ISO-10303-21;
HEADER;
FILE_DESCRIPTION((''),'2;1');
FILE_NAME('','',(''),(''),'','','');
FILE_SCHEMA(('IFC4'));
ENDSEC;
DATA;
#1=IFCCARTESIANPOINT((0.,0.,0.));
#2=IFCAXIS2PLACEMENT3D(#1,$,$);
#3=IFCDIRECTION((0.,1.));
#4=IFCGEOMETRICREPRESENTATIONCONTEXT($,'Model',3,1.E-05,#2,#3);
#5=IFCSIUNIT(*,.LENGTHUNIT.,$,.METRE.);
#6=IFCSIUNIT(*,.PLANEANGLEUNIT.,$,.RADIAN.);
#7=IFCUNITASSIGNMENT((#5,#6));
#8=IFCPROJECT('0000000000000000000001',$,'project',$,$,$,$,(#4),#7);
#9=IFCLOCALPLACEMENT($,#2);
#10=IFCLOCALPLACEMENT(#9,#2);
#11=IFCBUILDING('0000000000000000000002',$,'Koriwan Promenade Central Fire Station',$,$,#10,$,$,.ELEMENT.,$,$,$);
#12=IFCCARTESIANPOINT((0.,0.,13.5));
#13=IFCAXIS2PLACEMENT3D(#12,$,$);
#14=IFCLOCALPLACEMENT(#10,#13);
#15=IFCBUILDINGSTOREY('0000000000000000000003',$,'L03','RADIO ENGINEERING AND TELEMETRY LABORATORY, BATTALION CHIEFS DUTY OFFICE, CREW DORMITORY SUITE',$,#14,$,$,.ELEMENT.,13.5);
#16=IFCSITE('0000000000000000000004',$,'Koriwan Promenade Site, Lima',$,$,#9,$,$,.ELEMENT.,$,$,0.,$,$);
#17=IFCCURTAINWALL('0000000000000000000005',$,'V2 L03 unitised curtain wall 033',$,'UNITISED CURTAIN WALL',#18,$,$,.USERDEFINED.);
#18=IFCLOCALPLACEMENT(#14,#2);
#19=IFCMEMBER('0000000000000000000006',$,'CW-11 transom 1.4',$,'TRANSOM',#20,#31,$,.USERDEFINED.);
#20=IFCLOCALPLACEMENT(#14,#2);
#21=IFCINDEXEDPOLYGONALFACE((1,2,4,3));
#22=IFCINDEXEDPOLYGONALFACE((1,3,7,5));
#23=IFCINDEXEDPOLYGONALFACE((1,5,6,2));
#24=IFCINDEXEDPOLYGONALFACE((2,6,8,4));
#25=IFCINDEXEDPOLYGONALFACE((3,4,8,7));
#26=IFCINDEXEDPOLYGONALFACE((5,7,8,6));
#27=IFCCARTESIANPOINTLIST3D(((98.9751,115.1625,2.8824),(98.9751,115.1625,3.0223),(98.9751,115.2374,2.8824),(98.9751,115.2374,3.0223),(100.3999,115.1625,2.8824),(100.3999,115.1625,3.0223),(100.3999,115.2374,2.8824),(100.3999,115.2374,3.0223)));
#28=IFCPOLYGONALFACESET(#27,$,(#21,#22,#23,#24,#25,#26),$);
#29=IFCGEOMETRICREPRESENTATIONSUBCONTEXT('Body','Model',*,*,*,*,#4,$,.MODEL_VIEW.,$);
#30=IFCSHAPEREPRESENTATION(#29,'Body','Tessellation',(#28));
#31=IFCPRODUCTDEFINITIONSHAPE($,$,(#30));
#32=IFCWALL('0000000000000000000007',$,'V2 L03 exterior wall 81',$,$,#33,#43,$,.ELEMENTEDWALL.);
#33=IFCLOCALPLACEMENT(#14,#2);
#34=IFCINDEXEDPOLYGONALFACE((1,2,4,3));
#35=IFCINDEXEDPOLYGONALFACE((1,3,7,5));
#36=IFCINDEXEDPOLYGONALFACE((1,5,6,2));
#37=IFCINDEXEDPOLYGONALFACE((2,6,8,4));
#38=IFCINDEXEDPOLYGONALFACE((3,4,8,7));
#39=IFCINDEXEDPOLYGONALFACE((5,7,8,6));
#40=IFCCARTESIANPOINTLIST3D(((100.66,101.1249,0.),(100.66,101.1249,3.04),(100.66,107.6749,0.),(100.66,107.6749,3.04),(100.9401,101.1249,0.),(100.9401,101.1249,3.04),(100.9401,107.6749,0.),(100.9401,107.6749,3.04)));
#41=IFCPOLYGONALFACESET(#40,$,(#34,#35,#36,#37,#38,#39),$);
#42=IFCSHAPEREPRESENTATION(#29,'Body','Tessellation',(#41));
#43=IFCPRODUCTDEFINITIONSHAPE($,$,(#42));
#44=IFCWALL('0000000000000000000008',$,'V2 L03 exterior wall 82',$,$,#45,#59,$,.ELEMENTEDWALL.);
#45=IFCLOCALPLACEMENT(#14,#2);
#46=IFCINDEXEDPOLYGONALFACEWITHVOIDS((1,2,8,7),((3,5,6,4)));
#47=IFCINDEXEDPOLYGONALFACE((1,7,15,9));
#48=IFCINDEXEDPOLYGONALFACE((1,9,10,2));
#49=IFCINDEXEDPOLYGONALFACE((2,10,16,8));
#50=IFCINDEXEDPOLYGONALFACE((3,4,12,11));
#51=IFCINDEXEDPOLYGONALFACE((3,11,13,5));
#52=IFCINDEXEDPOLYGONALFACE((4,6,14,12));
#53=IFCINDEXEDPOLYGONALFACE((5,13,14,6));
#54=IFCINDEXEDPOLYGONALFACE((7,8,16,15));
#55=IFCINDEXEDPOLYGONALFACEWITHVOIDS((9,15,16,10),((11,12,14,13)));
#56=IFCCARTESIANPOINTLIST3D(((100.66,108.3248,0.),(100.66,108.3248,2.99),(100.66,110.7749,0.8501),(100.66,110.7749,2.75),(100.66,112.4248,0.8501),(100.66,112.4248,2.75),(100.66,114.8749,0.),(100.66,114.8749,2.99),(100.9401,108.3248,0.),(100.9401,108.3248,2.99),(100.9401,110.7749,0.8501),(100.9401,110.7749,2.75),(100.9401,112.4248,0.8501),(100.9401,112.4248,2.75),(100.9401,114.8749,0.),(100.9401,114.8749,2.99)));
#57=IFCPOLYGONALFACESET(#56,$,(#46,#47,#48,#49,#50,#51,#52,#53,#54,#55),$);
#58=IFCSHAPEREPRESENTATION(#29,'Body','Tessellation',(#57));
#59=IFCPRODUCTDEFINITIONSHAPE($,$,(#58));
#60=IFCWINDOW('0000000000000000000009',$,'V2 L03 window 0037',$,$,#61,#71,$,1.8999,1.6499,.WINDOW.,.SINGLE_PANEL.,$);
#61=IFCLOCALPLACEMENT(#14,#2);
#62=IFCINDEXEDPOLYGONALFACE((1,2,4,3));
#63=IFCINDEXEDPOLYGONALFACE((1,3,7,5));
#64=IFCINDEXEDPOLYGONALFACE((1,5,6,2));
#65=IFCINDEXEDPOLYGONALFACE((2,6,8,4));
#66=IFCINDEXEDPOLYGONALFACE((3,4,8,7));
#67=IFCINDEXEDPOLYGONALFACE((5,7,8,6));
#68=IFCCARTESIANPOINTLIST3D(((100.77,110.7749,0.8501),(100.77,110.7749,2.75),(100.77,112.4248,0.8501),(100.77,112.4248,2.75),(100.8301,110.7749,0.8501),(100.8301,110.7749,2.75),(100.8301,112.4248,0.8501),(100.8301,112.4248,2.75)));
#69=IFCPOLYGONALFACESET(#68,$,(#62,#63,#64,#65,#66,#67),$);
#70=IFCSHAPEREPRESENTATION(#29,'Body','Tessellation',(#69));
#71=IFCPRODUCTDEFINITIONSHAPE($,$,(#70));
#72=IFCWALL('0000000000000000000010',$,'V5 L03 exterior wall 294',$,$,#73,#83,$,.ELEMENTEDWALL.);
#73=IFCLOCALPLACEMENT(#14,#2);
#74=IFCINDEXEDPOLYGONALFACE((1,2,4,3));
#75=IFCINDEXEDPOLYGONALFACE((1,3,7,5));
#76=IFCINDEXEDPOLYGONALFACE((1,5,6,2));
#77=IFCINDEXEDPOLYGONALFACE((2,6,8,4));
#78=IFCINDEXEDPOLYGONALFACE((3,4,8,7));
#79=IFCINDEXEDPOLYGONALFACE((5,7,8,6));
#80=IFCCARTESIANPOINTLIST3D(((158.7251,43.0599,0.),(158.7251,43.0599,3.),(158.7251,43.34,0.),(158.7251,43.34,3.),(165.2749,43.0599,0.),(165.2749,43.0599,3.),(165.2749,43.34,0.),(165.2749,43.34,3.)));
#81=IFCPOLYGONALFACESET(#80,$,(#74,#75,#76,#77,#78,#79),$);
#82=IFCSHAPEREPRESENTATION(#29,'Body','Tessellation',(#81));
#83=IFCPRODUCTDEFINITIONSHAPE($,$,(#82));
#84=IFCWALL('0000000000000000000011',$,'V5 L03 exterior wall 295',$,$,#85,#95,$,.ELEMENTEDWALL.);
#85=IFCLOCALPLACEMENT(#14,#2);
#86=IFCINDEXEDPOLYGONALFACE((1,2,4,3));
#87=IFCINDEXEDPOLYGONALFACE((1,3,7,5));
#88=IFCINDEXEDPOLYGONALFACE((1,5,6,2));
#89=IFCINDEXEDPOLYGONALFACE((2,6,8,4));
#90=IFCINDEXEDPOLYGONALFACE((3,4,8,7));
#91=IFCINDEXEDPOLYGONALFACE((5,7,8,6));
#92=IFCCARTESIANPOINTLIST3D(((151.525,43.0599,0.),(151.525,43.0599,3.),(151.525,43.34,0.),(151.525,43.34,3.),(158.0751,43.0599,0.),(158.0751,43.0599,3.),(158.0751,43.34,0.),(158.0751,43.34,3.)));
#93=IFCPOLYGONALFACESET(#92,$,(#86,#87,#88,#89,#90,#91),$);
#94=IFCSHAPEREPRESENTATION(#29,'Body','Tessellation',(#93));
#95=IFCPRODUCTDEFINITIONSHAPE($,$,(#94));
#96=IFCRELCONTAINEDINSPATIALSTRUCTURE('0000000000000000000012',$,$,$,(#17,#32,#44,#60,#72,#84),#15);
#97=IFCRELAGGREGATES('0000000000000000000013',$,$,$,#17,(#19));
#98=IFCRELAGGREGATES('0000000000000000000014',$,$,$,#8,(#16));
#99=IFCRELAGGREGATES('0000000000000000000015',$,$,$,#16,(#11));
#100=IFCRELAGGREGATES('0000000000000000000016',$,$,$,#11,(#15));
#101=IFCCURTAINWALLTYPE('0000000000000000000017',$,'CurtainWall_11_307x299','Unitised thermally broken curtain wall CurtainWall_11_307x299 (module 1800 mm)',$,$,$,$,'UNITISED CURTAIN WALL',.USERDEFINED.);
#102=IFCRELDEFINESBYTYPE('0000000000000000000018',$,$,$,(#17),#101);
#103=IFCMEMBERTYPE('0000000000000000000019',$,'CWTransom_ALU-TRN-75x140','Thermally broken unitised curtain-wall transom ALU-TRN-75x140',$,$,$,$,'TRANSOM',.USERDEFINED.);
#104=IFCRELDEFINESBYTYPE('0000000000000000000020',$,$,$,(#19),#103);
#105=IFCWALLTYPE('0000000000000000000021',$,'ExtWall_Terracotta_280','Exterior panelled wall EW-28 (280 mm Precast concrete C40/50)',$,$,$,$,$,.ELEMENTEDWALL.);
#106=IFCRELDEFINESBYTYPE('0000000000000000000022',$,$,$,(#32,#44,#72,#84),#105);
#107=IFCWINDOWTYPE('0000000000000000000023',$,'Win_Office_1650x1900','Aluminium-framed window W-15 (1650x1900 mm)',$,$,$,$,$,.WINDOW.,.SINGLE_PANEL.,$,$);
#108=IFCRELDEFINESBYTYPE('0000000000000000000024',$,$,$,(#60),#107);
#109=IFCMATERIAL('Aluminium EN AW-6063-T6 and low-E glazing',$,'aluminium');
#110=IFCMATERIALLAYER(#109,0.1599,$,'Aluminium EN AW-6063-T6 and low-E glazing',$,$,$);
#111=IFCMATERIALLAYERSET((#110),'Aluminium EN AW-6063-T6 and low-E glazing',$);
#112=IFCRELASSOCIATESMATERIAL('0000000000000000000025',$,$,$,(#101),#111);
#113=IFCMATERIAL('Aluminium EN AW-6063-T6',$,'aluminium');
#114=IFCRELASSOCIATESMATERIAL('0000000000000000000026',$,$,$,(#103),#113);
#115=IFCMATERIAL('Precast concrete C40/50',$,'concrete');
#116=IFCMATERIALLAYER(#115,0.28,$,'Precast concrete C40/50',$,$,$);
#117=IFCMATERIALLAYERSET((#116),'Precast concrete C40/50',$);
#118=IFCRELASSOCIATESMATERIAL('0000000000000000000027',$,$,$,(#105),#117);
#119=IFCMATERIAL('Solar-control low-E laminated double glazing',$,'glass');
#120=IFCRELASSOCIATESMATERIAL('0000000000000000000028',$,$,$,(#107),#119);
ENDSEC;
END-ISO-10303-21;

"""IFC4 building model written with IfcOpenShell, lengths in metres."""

from ifc_helpers import new_model, si_unit, direction, frame, frame_2d, origin, origin_2d, place, context, subcontext, project, spatial, rectangle, extrude, material, layer, layer_set, material_profile, profile_set, type_object, element, fill, aggregate, save


model = new_model("IFC4")

# Units and contexts
model_context = context("Model", 3, precision=1e-05, world=origin(), true_north=direction((0.0, 1.0)))
body_context = subcontext(model_context, "Body", "Model", "MODEL_VIEW")
ifc_project = project(units=[si_unit("LENGTHUNIT", "METRE"), si_unit("PLANEANGLEUNIT", "RADIAN")], contexts=[model_context])

# Site, building, storey
site_placement = place(None, origin())
site = spatial("IfcSite", under=ifc_project, at=site_placement, Name="Koriwan Promenade Site, Lima", CompositionType="ELEMENT", RefElevation=0.0)
building_placement = place(site_placement, origin())
building = spatial("IfcBuilding", under=site, at=building_placement, Name="Koriwan Promenade Central Fire Station", CompositionType="ELEMENT")
storey_placement = place(building_placement, frame((0.0, 0.0, 13.5)))
storey = spatial("IfcBuildingStorey", under=building, at=storey_placement, Name="L03", Description="RADIO ENGINEERING AND TELEMETRY LABORATORY, BATTALION CHIEFS DUTY OFFICE, CREW DORMITORY SUITE", CompositionType="ELEMENT", Elevation=13.5)

# Curtain wall, member
ifc_material_1 = material(Name="Aluminium EN AW-6063-T6 and low-E glazing", Category="aluminium")
ifc_layer_1 = layer(ifc_material_1, 0.1599, Name="Aluminium EN AW-6063-T6 and low-E glazing")
ifc_layer_set_1 = layer_set([ifc_layer_1], Name="Aluminium EN AW-6063-T6 and low-E glazing")
curtain_wall_type = type_object("IfcCurtainWallType", Name="CurtainWall_11_307x299", Description="Unitised thermally broken curtain wall CurtainWall_11_307x299 (module 1800 mm)", ElementType="UNITISED CURTAIN WALL", PredefinedType="USERDEFINED", material=ifc_layer_set_1)
curtain_wall_placement = place(storey_placement, origin())
curtain_wall = element("IfcCurtainWall", 1, at=curtain_wall_placement, inside=storey, type_object=curtain_wall_type, Name="V2 L03 unitised curtain wall 033", ObjectType="UNITISED CURTAIN WALL", PredefinedType="USERDEFINED")
ifc_material_2 = material(Name="Aluminium EN AW-6063-T6", Category="aluminium")
ifc_material_profile_1 = material_profile(ifc_material_2, rectangle(XDim=0.075, YDim=0.1399, at=origin_2d()), Name="ALU-TRN-75x140")
ifc_profile_set_1 = profile_set([ifc_material_profile_1], Name="Aluminium EN AW-6063-T6")
member_type_1 = type_object("IfcMemberType", Name="CWTransom_ALU-TRN-75x140", Description="Thermally broken unitised curtain-wall transom ALU-TRN-75x140", ElementType="TRANSOM", PredefinedType="USERDEFINED", material=ifc_profile_set_1)
member_1_placement = place(storey_placement, frame((100.3999, 115.2, 2.9524), z_axis=(-1.0, 0.0, 0.0), x_axis=(0.0, -1.0, 0.0)))
member_1 = element("IfcMember", 2, at=member_1_placement, type_object=member_type_1, Name="CW-11 transom 1.4", ObjectType="TRANSOM", PredefinedType="USERDEFINED", context=body_context, shape_type="SweptSolid", body=[
    extrude(rectangle(XDim=0.075, YDim=0.1399, at=origin_2d()), origin(), (0.0, 0.0, 1.0), 1.4248),
])
aggregate(curtain_wall, [member_1])

# Wall
ifc_material_3 = material(Name="Precast concrete C40/50", Category="concrete")
ifc_layer_2 = layer(ifc_material_3, 0.28, Name="Precast concrete C40/50")
ifc_layer_set_2 = layer_set([ifc_layer_2], Name="Precast concrete C40/50")
wall_type = type_object("IfcWallType", Name="ExtWall_Terracotta_280", Description="Exterior panelled wall EW-28 (280 mm Precast concrete C40/50)", PredefinedType="ELEMENTEDWALL", material=ifc_layer_set_2)
wall_1_placement = place(storey_placement, frame((100.8, 101.125, 0.0), z_axis=(0.0, 0.0, 1.0), x_axis=(0.0, 1.0, 0.0)))
element("IfcWall", 3, at=wall_1_placement, inside=storey, type_object=wall_type, Name="V2 L03 exterior wall 81", PredefinedType="ELEMENTEDWALL", context=body_context, shape_type="SweptSolid", body=[
    extrude(rectangle(XDim=6.55, YDim=0.28, at=frame_2d((3.2749, 0.0))), origin(), (0.0, 0.0, 1.0), 3.04),
])

# Wall, opening, window
wall_2_placement = place(storey_placement, frame((100.8, 108.325, 0.0), z_axis=(0.0, 0.0, 1.0), x_axis=(0.0, 1.0, 0.0)))
wall_2 = element("IfcWall", 4, at=wall_2_placement, inside=storey, type_object=wall_type, Name="V2 L03 exterior wall 82", PredefinedType="ELEMENTEDWALL", context=body_context, shape_type="SweptSolid", body=[
    extrude(rectangle(XDim=6.55, YDim=0.28, at=frame_2d((3.2749, 0.0))), origin(), (0.0, 0.0, 1.0), 2.99),
])
opening_1_placement = place(wall_2_placement, frame((2.45, 0.0, 0.8501)))
opening_1 = element("IfcOpeningElement", 5, at=opening_1_placement, cuts=wall_2, PredefinedType="OPENING", context=body_context, shape_type="SweptSolid", body=[
    extrude(rectangle(XDim=1.6499, YDim=1.8999, at=frame_2d((0.825, 0.95))), frame((0.0, 0.1519, 0.0), z_axis=(0.0, -1.0, 0.0), x_axis=(1.0, 0.0, 0.0)), (0.0, 0.0, 1.0), 0.304),
])
ifc_material_4 = material(Name="Solar-control low-E laminated double glazing", Category="glass")
window_type = type_object("IfcWindowType", Name="Win_Office_1650x1900", Description="Aluminium-framed window W-15 (1650x1900 mm)", PartitioningType="SINGLE_PANEL", PredefinedType="WINDOW", material=ifc_material_4)
window_placement = place(opening_1_placement, origin())
window = element("IfcWindow", 6, at=window_placement, inside=storey, type_object=window_type, Name="V2 L03 window 0037", OverallHeight=1.8999, OverallWidth=1.6499, PartitioningType="SINGLE_PANEL", PredefinedType="WINDOW", context=body_context, shape_type="SweptSolid", body=[
    extrude(rectangle(XDim=1.6499, YDim=1.8999, at=frame_2d((0.825, 0.95))), frame((0.0, 0.03, 0.0), z_axis=(0.0, -1.0, 0.0), x_axis=(1.0, 0.0, 0.0)), (0.0, 0.0, 1.0), 0.0601),
])
fill(opening_1, window)

# Walls
wall_3_placement = place(storey_placement, frame((165.2749, 43.2, 0.0), z_axis=(0.0, 0.0, 1.0), x_axis=(-1.0, 0.0, 0.0)))
element("IfcWall", 7, at=wall_3_placement, inside=storey, type_object=wall_type, Name="V5 L03 exterior wall 294", PredefinedType="ELEMENTEDWALL", context=body_context, shape_type="SweptSolid", body=[
    extrude(rectangle(XDim=6.5498, YDim=0.28, at=frame_2d((3.2749, 0.0))), origin(), (0.0, 0.0, 1.0), 3.0),
])
wall_4_placement = place(storey_placement, frame((158.075, 43.2, 0.0), z_axis=(0.0, 0.0, 1.0), x_axis=(-1.0, 0.0, 0.0)))
element("IfcWall", 8, at=wall_4_placement, inside=storey, type_object=wall_type, Name="V5 L03 exterior wall 295", PredefinedType="ELEMENTEDWALL", context=body_context, shape_type="SweptSolid", body=[
    extrude(rectangle(XDim=6.55, YDim=0.28, at=frame_2d((3.2749, 0.0))), origin(), (0.0, 0.0, 1.0), 3.0),
])

save(model, "model.ifc")
